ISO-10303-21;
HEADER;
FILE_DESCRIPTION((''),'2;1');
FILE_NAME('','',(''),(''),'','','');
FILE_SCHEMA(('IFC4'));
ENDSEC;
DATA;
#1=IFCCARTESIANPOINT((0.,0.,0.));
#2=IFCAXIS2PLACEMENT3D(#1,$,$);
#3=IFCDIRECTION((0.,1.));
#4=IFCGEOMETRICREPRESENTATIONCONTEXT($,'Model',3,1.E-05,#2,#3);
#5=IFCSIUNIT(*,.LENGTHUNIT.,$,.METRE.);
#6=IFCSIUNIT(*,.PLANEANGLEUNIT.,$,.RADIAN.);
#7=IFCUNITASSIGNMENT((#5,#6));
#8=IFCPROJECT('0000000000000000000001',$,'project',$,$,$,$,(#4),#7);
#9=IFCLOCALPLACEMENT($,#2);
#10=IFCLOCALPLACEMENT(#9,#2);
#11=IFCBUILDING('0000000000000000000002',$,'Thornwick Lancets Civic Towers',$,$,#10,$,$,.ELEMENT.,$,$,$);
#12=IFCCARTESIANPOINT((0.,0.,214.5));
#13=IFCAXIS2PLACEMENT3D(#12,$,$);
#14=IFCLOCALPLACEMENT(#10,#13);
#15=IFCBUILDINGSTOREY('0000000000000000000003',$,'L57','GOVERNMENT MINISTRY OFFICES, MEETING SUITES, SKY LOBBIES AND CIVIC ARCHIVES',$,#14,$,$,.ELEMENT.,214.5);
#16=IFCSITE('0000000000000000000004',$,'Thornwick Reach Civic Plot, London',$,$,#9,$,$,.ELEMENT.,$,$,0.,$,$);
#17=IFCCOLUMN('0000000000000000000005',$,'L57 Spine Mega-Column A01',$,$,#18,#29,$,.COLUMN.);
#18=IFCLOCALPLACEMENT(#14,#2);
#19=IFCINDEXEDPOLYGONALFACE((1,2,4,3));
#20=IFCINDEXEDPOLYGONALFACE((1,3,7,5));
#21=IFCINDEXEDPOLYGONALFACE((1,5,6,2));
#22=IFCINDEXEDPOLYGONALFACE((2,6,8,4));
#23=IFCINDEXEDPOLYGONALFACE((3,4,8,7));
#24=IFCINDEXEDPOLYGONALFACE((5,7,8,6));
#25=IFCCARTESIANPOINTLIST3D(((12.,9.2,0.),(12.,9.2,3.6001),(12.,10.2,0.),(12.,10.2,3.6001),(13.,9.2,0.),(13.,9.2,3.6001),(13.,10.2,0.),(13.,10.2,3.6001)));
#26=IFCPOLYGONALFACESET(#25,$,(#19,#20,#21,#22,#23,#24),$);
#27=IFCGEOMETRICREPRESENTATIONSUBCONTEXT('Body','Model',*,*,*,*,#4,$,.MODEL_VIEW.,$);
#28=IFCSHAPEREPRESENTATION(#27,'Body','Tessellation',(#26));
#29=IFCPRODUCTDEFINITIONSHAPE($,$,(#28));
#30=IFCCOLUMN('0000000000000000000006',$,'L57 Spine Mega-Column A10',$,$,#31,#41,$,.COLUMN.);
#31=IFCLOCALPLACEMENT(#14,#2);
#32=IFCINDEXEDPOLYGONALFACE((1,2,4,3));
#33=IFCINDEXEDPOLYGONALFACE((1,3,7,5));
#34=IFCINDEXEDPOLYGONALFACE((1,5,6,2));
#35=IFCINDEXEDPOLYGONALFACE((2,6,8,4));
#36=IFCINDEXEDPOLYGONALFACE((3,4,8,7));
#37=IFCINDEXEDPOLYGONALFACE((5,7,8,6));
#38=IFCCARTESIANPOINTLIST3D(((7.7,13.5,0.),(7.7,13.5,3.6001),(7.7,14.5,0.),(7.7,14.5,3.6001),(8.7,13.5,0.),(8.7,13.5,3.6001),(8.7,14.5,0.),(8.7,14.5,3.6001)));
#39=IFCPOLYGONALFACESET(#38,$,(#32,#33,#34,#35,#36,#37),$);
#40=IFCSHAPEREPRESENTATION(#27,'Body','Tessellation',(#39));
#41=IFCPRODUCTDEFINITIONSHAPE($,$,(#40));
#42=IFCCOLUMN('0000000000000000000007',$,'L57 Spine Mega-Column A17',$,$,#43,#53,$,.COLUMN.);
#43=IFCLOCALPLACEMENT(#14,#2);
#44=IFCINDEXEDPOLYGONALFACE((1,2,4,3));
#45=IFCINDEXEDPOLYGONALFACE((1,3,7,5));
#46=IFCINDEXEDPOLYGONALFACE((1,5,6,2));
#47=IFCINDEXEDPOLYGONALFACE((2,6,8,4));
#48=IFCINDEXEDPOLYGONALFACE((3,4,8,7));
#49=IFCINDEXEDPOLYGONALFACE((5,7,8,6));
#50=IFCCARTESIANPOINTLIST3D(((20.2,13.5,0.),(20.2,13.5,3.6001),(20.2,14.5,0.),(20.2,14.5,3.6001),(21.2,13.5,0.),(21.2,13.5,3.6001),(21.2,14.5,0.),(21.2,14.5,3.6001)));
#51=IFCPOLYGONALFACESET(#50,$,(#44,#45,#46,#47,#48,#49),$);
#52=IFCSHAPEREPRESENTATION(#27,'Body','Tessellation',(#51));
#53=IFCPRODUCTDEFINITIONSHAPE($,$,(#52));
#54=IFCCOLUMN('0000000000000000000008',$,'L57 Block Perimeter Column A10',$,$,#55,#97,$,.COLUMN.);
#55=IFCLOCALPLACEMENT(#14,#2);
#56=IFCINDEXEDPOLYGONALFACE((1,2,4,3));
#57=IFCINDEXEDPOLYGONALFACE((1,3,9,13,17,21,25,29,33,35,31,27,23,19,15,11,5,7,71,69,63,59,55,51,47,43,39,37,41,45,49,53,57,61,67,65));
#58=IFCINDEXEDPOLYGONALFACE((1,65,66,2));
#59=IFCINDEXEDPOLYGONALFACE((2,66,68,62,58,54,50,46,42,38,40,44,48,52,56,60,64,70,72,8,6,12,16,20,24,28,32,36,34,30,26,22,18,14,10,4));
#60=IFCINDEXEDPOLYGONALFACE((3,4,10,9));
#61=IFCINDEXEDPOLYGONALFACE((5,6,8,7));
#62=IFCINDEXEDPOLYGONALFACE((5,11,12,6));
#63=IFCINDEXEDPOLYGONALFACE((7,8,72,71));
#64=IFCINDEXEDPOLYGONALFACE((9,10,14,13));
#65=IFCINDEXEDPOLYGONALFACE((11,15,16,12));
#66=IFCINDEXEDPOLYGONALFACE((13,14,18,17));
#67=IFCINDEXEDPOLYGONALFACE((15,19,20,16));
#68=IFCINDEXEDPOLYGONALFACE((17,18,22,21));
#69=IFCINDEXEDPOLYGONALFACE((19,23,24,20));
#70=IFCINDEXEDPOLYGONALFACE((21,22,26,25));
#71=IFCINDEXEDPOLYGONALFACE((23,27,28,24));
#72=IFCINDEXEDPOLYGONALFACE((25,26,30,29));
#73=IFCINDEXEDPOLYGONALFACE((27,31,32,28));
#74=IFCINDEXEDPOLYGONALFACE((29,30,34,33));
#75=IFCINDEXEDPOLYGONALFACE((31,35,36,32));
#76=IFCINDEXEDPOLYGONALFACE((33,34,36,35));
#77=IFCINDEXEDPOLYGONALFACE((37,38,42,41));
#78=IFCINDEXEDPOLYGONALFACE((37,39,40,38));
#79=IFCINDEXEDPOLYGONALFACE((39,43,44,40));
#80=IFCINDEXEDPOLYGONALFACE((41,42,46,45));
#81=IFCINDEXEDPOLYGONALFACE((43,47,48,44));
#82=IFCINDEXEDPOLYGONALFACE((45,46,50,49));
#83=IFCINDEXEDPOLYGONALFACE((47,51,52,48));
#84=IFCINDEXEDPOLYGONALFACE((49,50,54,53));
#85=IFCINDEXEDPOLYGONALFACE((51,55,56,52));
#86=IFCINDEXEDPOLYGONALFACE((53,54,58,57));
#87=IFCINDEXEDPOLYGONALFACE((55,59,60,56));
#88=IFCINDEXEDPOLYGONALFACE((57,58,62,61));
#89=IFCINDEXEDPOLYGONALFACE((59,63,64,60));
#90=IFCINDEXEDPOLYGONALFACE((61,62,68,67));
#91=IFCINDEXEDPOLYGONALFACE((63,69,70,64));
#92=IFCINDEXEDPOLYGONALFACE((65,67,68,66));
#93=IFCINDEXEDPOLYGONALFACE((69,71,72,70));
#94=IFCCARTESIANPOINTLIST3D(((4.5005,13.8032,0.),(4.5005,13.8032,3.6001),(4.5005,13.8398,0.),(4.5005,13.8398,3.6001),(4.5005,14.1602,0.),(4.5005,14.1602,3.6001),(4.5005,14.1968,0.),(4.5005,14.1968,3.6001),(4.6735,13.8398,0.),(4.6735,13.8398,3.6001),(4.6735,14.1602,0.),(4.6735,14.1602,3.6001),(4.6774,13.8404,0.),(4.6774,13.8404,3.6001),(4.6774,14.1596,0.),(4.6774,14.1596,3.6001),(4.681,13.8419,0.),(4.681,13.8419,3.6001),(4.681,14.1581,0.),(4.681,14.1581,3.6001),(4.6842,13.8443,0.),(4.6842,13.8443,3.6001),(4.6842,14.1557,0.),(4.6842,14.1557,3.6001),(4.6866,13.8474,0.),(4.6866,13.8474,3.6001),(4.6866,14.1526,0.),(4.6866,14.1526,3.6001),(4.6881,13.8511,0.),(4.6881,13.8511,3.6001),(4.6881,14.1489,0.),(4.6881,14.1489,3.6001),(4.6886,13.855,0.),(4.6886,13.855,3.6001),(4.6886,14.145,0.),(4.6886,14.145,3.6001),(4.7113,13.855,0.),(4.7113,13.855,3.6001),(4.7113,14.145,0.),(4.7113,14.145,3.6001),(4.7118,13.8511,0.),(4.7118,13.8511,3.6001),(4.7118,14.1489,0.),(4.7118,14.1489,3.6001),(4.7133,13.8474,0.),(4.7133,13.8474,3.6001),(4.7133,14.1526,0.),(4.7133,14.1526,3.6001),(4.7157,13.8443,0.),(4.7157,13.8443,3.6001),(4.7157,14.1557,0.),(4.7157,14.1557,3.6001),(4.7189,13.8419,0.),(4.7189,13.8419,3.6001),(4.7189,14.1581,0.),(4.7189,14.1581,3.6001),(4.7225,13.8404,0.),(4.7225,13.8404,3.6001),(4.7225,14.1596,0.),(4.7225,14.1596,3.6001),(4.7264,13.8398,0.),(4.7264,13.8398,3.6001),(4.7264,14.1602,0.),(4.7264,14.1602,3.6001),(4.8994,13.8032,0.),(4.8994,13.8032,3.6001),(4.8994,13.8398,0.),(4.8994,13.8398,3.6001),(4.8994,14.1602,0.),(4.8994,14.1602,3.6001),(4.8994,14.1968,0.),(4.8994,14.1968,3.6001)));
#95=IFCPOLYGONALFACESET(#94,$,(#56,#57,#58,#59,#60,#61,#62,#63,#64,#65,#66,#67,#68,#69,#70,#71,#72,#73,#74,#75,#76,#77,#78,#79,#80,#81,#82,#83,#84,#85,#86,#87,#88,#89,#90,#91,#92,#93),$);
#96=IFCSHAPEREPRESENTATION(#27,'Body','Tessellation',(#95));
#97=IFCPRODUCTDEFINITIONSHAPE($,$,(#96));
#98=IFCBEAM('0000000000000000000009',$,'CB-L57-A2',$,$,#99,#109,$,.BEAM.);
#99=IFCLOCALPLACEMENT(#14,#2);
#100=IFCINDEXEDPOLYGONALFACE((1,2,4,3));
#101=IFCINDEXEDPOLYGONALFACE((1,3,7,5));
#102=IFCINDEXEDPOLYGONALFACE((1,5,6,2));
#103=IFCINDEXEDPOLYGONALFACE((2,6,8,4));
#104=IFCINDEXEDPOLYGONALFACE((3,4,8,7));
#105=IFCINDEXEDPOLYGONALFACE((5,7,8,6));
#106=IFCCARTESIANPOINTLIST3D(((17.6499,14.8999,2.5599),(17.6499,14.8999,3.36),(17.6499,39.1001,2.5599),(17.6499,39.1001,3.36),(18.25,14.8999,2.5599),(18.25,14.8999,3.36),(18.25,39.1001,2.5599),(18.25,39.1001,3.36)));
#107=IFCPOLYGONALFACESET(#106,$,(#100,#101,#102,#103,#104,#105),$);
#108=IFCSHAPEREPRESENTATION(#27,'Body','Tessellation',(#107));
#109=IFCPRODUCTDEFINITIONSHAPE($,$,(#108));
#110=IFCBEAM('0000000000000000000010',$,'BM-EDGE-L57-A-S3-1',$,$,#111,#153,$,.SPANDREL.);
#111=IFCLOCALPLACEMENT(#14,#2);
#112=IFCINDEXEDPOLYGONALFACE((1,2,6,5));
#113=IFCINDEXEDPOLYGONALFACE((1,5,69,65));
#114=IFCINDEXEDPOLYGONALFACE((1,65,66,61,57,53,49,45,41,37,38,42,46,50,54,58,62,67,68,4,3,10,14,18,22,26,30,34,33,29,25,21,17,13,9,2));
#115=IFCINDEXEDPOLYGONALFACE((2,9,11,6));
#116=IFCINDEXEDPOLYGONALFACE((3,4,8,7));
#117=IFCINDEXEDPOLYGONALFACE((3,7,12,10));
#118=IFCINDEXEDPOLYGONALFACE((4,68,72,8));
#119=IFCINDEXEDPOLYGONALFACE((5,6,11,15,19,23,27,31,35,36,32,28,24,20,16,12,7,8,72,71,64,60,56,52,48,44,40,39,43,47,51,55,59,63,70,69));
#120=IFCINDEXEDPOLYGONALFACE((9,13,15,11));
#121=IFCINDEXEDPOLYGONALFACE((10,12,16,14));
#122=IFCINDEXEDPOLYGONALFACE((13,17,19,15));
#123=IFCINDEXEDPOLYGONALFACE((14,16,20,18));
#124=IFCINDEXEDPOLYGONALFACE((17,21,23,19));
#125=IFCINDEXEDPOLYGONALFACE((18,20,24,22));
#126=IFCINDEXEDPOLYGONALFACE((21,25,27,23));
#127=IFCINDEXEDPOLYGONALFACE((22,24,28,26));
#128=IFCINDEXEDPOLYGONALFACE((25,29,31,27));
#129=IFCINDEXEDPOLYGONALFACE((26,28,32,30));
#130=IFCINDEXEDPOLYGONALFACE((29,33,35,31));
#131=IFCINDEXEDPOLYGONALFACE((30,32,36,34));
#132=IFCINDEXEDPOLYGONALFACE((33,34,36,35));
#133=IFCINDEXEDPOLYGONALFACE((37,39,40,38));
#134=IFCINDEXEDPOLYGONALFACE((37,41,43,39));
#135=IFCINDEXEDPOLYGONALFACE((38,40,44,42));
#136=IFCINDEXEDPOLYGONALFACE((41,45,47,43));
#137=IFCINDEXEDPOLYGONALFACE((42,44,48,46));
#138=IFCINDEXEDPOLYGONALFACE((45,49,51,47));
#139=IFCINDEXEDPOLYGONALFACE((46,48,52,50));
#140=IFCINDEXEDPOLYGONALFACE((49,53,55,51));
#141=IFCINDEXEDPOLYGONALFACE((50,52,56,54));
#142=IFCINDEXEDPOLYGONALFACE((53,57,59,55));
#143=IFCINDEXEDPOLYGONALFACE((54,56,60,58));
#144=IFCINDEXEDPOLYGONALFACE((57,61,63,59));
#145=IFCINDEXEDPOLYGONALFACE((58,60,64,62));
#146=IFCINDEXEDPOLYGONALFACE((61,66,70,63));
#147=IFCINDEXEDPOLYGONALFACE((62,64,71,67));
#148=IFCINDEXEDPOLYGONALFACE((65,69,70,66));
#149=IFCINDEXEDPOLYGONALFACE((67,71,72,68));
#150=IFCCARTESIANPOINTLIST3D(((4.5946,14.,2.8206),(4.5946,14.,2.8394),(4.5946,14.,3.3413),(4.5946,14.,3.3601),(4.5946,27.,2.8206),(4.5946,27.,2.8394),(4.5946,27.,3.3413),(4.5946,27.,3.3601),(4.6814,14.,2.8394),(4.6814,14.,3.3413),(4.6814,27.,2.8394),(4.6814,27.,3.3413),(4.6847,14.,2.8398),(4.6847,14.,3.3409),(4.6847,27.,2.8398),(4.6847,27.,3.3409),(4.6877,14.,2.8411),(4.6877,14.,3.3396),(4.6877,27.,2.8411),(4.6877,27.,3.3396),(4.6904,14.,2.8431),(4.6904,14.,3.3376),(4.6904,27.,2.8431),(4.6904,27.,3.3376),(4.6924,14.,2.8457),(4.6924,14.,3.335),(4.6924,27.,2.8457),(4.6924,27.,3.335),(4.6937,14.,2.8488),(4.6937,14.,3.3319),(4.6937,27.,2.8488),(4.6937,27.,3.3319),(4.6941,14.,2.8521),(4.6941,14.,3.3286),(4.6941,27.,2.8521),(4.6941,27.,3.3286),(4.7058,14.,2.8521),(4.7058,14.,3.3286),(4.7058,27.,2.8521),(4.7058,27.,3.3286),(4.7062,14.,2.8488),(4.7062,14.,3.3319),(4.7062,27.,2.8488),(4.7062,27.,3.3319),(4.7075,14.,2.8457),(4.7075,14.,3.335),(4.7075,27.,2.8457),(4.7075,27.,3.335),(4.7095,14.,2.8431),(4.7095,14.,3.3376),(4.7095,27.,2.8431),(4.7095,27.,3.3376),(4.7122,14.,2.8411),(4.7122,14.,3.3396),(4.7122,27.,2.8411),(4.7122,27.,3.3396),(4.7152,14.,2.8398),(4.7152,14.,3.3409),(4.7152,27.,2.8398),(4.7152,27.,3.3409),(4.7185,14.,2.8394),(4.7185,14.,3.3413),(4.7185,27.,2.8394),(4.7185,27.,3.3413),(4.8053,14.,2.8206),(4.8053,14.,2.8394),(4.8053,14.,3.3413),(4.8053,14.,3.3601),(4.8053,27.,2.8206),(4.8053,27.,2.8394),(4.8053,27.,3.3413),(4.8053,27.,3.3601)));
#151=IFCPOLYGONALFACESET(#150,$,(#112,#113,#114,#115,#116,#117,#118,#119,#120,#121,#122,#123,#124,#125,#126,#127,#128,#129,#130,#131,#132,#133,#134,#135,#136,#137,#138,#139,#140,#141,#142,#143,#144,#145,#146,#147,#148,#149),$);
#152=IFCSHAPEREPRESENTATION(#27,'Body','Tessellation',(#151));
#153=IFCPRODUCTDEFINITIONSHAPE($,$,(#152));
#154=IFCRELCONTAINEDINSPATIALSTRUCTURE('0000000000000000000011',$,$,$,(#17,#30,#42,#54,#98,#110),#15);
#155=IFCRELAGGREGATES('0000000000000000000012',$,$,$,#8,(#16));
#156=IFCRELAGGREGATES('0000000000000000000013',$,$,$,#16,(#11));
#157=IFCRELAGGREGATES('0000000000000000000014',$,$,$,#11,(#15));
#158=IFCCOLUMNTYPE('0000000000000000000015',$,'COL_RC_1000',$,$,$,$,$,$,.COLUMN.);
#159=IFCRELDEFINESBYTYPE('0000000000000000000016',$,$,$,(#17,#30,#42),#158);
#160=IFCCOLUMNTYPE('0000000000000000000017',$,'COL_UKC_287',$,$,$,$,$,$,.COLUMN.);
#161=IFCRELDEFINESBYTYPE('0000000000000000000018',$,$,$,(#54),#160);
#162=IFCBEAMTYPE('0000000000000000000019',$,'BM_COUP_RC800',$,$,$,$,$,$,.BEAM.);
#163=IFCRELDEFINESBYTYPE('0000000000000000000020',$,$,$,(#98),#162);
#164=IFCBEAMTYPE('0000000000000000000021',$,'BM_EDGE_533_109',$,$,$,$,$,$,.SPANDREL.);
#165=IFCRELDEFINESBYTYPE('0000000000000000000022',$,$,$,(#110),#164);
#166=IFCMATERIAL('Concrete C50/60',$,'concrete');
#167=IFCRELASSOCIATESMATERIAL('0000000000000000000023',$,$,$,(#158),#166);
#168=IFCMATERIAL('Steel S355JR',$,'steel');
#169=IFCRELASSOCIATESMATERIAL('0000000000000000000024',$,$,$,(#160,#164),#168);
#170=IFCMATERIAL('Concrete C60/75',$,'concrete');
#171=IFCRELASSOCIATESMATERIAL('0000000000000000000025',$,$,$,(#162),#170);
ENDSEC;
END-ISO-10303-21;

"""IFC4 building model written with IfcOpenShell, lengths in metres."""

from ifc_helpers import new_model, si_unit, direction, frame, origin, origin_2d, place, context, subcontext, project, spatial, rectangle, i_section, extrude, material, material_profile, profile_set, type_object, element, save


model = new_model("IFC4")

# Units and contexts
model_context = context("Model", 3, precision=1e-05, world=origin(), true_north=direction((0.0, 1.0)))
body_context = subcontext(model_context, "Body", "Model", "MODEL_VIEW")
ifc_project = project(units=[si_unit("LENGTHUNIT", "METRE"), si_unit("PLANEANGLEUNIT", "RADIAN")], contexts=[model_context])

# Site, building, storey
site_placement = place(None, origin())
site = spatial("IfcSite", under=ifc_project, at=site_placement, Name="Thornwick Reach Civic Plot, London", CompositionType="ELEMENT", RefElevation=0.0)
building_placement = place(site_placement, origin())
building = spatial("IfcBuilding", under=site, at=building_placement, Name="Thornwick Lancets Civic Towers", CompositionType="ELEMENT")
storey_placement = place(building_placement, frame((0.0, 0.0, 214.5)))
storey = spatial("IfcBuildingStorey", under=building, at=storey_placement, Name="L57", Description="GOVERNMENT MINISTRY OFFICES, MEETING SUITES, SKY LOBBIES AND CIVIC ARCHIVES", CompositionType="ELEMENT", Elevation=214.5)

# Columns
ifc_material_1 = material(Name="Concrete C50/60", Category="concrete")
ifc_material_profile_1 = material_profile(ifc_material_1, rectangle(XDim=1.0, YDim=1.0, at=origin_2d()), Name="RC 1000x1000")
ifc_profile_set_1 = profile_set([ifc_material_profile_1], Name="Concrete C50/60")
column_type_1 = type_object("IfcColumnType", Name="COL_RC_1000", PredefinedType="COLUMN", material=ifc_profile_set_1)
for number, where, z_axis, x_axis, name in (
    (1, (12.5, 9.7, 0.0), (0.0, 0.0, 1.0), (1.0, 0.0, 0.0), "L57 Spine Mega-Column A01"),
    (2, (8.2, 14.0, 0.0), (0.0, 0.0, 1.0), (1.0, 0.0, 0.0), "L57 Spine Mega-Column A10"),
    (3, (20.7, 14.0, 0.0), (0.0, 0.0, 1.0), (1.0, 0.0, 0.0), "L57 Spine Mega-Column A17"),
):
    element("IfcColumn", number, at=place(storey_placement, frame(where, z_axis=z_axis, x_axis=x_axis)), inside=storey, type_object=column_type_1, Name=name, PredefinedType="COLUMN", context=body_context, shape_type="SweptSolid", body=[
        extrude(rectangle(XDim=1.0, YDim=1.0, at=origin_2d()), origin(), (0.0, 0.0, 1.0), 3.6001),
    ])
ifc_material_2 = material(Name="Steel S355JR", Category="steel")
ifc_material_profile_2 = material_profile(ifc_material_2, i_section(OverallWidth=0.3989, OverallDepth=0.3936, WebThickness=0.0227, FlangeThickness=0.0366, FilletRadius=0.0151, at=origin_2d()), Name="UKC 356x406x287")
ifc_profile_set_2 = profile_set([ifc_material_profile_2], Name="Steel S355JR")
column_type_2 = type_object("IfcColumnType", Name="COL_UKC_287", PredefinedType="COLUMN", material=ifc_profile_set_2)
column_placement = place(storey_placement, frame((4.7, 14.0, 0.0), z_axis=(0.0, 0.0, 1.0), x_axis=(1.0, 0.0, 0.0)))
element("IfcColumn", 4, at=column_placement, inside=storey, type_object=column_type_2, Name="L57 Block Perimeter Column A10", PredefinedType="COLUMN", context=body_context, shape_type="SweptSolid", body=[
    extrude(i_section(OverallWidth=0.3989, OverallDepth=0.3936, WebThickness=0.0227, FlangeThickness=0.0366, FilletRadius=0.0151, at=origin_2d()), origin(), (0.0, 0.0, 1.0), 3.6001),
])

# Beams
ifc_material_3 = material(Name="Concrete C60/75", Category="concrete")
ifc_material_profile_3 = material_profile(ifc_material_3, rectangle(XDim=0.6001, YDim=0.8, at=origin_2d()), Name="RC 600x800")
ifc_profile_set_3 = profile_set([ifc_material_profile_3], Name="Concrete C60/75")
beam_type_1 = type_object("IfcBeamType", Name="BM_COUP_RC800", PredefinedType="BEAM", material=ifc_profile_set_3)
beam_1_placement = place(storey_placement, frame((17.95, 14.8999, 2.96), z_axis=(0.0, 1.0, 0.0), x_axis=(-1.0, 0.0, 0.0)))
element("IfcBeam", 5, at=beam_1_placement, inside=storey, type_object=beam_type_1, Name="CB-L57-A2", PredefinedType="BEAM", context=body_context, shape_type="SweptSolid", body=[
    extrude(rectangle(XDim=0.6001, YDim=0.8, at=origin_2d()), origin(), (0.0, 0.0, 1.0), 24.2002),
])
ifc_material_profile_4 = material_profile(ifc_material_2, i_section(OverallWidth=0.2107, OverallDepth=0.5396, WebThickness=0.0117, FlangeThickness=0.0188, FilletRadius=0.0127, at=origin_2d()), Name="UKB 533x210x109")
ifc_profile_set_4 = profile_set([ifc_material_profile_4], Name="Steel S355JR")
beam_type_2 = type_object("IfcBeamType", Name="BM_EDGE_533_109", PredefinedType="SPANDREL", material=ifc_profile_set_4)
beam_2_placement = place(storey_placement, frame((4.7, 14.0, 3.0903), z_axis=(0.0, 1.0, 0.0), x_axis=(-1.0, 0.0, 0.0)))
element("IfcBeam", 6, at=beam_2_placement, inside=storey, type_object=beam_type_2, Name="BM-EDGE-L57-A-S3-1", PredefinedType="SPANDREL", context=body_context, shape_type="SweptSolid", body=[
    extrude(i_section(OverallWidth=0.2107, OverallDepth=0.5396, WebThickness=0.0117, FlangeThickness=0.0188, FilletRadius=0.0127, at=origin_2d()), origin(), (0.0, 0.0, 1.0), 13.0),
])

save(model, "model.ifc")
